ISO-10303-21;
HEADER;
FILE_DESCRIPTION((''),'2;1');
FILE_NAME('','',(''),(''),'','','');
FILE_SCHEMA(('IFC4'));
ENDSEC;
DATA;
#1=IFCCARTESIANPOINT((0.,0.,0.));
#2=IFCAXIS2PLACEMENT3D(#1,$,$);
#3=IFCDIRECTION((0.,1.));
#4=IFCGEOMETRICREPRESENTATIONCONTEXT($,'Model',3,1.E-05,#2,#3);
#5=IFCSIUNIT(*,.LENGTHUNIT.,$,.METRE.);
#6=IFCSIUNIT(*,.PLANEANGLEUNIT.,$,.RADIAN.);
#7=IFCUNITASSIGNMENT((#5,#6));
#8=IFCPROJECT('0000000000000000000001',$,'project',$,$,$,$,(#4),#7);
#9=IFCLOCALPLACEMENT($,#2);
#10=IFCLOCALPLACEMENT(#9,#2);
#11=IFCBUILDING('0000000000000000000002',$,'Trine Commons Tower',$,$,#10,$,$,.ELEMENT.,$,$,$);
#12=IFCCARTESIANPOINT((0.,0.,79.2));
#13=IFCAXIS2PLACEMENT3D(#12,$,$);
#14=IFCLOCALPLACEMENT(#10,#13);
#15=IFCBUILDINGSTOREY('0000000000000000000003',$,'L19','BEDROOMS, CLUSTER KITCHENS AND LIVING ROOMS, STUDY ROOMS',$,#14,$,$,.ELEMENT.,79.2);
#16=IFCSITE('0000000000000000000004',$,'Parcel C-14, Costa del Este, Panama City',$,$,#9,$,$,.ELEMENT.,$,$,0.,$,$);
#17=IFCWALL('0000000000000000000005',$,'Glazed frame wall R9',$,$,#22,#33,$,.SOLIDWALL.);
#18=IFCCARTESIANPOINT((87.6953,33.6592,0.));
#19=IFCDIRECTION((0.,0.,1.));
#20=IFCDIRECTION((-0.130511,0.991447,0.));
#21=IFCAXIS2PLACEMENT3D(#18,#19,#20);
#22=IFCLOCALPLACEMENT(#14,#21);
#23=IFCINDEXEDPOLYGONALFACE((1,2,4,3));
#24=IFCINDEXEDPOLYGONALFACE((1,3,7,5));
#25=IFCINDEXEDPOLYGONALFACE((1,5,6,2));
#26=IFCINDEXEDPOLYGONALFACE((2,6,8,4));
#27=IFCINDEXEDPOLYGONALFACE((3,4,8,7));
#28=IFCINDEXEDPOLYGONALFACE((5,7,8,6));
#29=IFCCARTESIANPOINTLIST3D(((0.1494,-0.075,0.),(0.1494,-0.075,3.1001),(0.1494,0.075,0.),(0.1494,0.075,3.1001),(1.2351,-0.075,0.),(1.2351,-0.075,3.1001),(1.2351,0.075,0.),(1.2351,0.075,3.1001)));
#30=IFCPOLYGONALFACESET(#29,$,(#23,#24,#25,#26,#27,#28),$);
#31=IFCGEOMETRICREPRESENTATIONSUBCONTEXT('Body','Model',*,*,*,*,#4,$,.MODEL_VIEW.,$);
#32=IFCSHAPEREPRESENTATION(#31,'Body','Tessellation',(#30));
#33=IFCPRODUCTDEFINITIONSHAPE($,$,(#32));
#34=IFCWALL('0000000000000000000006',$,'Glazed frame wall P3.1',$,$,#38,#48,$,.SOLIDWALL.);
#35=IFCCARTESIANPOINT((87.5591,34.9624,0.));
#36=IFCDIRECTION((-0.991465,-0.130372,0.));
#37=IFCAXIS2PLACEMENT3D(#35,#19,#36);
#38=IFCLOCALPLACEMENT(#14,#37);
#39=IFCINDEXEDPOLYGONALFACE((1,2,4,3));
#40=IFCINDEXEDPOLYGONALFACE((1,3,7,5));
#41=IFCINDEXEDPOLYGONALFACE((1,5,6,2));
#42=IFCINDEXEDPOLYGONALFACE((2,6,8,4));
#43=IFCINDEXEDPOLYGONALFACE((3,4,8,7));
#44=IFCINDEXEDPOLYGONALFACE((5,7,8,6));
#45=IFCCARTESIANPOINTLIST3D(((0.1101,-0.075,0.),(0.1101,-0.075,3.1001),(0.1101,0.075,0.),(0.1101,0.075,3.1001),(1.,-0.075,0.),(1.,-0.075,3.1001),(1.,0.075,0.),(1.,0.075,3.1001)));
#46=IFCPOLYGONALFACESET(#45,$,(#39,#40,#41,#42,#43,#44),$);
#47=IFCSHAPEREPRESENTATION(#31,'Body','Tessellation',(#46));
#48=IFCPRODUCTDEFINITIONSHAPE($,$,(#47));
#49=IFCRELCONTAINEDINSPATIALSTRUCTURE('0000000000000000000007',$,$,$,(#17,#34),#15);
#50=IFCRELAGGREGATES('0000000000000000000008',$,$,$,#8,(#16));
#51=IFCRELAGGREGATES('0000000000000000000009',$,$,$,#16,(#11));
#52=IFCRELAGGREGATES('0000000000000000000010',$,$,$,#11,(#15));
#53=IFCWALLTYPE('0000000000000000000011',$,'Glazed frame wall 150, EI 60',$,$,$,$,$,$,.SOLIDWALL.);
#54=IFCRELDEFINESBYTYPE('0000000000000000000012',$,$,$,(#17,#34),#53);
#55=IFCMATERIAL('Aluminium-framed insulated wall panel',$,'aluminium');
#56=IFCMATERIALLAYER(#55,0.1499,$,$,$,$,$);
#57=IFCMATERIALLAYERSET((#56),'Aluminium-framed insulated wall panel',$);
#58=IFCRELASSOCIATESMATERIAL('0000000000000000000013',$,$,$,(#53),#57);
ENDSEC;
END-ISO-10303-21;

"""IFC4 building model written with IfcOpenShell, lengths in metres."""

from ifc_helpers import new_model, si_unit, direction, frame, origin, place, context, subcontext, project, spatial, polyline, outline, extrude, material, layer, layer_set, type_object, element, save


model = new_model("IFC4")

# Units and contexts
model_context = context("Model", 3, precision=1e-05, world=origin(), true_north=direction((0.0, 1.0)))
body_context = subcontext(model_context, "Body", "Model", "MODEL_VIEW")
ifc_project = project(units=[si_unit("LENGTHUNIT", "METRE"), si_unit("PLANEANGLEUNIT", "RADIAN")], contexts=[model_context])

# Site, building, storey
site_placement = place(None, origin())
site = spatial("IfcSite", under=ifc_project, at=site_placement, Name="Parcel C-14, Costa del Este, Panama City", CompositionType="ELEMENT", RefElevation=0.0)
building_placement = place(site_placement, origin())
building = spatial("IfcBuilding", under=site, at=building_placement, Name="Trine Commons Tower", CompositionType="ELEMENT")
storey_placement = place(building_placement, frame((0.0, 0.0, 79.2)))
storey = spatial("IfcBuildingStorey", under=building, at=storey_placement, Name="L19", Description="BEDROOMS, CLUSTER KITCHENS AND LIVING ROOMS, STUDY ROOMS", CompositionType="ELEMENT", Elevation=79.2)

# Walls
ifc_material_1 = material(Name="Aluminium-framed insulated wall panel", Category="aluminium")
ifc_layer_1 = layer(ifc_material_1, 0.1499)
ifc_layer_set_1 = layer_set([ifc_layer_1], Name="Aluminium-framed insulated wall panel")
wall_type_1 = type_object("IfcWallType", Name="Glazed frame wall 150, EI 60", PredefinedType="SOLIDWALL", material=ifc_layer_set_1)
wall_1_placement = place(storey_placement, frame((87.6953, 33.6592, 0.0), z_axis=(0.0, 0.0, 1.0), x_axis=(-0.130511, 0.991447, 0.0)))
element("IfcWall", 1, at=wall_1_placement, inside=storey, type_object=wall_type_1, Name="Glazed frame wall R9", PredefinedType="SOLIDWALL", context=body_context, shape_type="SweptSolid", body=[
    extrude(outline(polyline([(0.1494, 0.075), (0.1494, -0.075), (1.2351, -0.075), (1.2351, 0.075), (0.1494, 0.075)])), origin(), (0.0, 0.0, 1.0), 3.1001),
])
wall_2_placement = place(storey_placement, frame((87.5591, 34.9624, 0.0), z_axis=(0.0, 0.0, 1.0), x_axis=(-0.991465, -0.130372, 0.0)))
element("IfcWall", 2, at=wall_2_placement, inside=storey, type_object=wall_type_1, Name="Glazed frame wall P3.1", PredefinedType="SOLIDWALL", context=body_context, shape_type="SweptSolid", body=[
    extrude(outline(polyline([(0.1101, -0.075), (1.0, -0.075), (1.0, 0.075), (0.1101, 0.075), (0.1101, -0.075)])), origin(), (0.0, 0.0, 1.0), 3.1001),
])

save(model, "model.ifc")
